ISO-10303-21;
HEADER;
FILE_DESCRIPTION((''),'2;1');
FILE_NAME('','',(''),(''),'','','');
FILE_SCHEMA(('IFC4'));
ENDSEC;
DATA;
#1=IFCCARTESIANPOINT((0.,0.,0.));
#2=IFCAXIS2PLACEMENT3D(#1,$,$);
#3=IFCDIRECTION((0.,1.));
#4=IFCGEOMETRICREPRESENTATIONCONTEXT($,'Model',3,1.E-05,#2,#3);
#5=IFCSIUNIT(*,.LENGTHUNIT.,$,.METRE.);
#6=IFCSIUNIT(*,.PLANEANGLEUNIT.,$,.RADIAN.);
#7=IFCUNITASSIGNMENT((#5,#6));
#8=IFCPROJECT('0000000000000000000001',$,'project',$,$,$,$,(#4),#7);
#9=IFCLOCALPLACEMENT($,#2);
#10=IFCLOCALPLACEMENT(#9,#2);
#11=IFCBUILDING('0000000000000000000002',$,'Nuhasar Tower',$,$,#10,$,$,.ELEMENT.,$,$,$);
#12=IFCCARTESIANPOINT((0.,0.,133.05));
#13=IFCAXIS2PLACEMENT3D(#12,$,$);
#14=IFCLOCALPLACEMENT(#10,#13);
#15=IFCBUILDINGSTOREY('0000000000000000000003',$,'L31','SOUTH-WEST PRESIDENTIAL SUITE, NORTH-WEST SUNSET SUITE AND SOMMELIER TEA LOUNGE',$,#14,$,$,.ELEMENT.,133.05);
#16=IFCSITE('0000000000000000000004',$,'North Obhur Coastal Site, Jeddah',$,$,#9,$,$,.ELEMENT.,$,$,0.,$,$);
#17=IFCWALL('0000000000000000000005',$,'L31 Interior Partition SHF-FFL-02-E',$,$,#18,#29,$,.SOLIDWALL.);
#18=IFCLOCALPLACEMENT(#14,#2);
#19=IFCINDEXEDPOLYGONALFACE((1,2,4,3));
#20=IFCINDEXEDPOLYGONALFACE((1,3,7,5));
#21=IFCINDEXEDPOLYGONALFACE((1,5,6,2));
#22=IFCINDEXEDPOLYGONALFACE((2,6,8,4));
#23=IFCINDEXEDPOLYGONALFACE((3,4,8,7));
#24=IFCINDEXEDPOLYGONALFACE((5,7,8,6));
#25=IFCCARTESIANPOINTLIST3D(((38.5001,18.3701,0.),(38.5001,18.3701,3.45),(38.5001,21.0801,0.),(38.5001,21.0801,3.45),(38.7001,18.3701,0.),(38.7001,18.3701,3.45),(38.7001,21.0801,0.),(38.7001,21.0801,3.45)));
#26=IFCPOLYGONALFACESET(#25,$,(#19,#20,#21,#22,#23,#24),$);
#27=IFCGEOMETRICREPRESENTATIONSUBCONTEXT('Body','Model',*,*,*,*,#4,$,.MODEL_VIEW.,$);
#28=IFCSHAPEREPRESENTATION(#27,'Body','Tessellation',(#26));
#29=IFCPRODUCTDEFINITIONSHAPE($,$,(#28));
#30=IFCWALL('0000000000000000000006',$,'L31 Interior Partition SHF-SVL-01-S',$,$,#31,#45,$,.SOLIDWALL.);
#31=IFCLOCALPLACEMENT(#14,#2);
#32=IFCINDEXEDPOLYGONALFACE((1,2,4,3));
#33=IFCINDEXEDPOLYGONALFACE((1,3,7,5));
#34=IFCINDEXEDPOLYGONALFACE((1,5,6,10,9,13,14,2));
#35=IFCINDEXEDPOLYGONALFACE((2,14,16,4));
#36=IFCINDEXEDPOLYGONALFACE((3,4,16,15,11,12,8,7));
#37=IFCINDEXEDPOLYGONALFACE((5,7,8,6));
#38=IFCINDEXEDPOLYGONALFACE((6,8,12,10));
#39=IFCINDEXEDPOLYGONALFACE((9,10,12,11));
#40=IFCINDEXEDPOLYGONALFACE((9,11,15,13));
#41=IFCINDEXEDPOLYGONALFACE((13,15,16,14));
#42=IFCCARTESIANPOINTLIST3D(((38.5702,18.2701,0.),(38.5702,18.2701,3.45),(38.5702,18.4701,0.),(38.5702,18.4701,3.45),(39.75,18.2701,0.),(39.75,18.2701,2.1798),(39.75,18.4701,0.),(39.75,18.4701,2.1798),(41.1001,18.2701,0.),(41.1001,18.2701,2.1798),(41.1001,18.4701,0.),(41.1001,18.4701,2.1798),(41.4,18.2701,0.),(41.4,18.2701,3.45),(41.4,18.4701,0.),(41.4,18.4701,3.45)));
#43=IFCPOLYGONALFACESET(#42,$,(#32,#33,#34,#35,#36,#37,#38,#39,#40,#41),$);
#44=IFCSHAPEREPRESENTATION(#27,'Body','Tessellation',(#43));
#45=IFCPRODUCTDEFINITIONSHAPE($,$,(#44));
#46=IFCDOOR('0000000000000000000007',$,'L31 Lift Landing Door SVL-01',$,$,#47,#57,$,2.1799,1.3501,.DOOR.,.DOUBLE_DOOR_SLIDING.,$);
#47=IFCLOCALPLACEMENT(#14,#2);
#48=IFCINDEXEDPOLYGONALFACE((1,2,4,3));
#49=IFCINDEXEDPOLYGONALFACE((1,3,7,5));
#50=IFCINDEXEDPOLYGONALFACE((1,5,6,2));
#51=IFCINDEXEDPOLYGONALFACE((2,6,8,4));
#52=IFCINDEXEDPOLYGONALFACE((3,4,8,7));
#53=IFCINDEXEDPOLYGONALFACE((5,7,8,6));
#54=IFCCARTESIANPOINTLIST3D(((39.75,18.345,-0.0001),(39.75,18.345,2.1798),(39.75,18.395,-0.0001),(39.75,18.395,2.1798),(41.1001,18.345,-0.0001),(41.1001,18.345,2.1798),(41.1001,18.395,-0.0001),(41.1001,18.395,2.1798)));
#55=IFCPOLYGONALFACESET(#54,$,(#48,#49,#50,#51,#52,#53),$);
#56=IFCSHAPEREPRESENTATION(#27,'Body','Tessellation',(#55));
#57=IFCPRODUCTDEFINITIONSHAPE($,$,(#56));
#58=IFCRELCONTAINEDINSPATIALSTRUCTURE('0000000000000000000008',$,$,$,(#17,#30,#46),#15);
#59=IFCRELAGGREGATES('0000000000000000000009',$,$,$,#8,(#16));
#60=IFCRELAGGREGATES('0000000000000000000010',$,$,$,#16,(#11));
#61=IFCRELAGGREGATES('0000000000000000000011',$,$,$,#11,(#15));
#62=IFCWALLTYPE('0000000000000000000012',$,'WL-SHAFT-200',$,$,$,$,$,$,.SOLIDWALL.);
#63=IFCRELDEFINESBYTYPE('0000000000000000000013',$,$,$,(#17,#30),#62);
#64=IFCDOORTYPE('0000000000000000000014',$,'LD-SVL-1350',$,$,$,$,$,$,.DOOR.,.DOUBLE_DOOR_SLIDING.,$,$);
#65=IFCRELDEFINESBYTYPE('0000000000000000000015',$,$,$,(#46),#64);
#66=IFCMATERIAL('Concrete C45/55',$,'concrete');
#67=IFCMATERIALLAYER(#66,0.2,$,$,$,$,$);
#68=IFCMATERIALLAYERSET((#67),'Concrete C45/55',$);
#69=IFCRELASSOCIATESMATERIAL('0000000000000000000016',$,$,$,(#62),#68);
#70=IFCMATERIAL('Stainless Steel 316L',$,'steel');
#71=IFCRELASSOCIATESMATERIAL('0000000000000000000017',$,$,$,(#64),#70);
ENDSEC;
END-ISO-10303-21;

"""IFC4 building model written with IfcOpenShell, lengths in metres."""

from ifc_helpers import new_model, si_unit, direction, frame, frame_2d, origin, place, context, subcontext, project, spatial, rectangle, extrude, material, layer, layer_set, type_object, element, fill, save


model = new_model("IFC4")

# Units and contexts
model_context = context("Model", 3, precision=1e-05, world=origin(), true_north=direction((0.0, 1.0)))
body_context = subcontext(model_context, "Body", "Model", "MODEL_VIEW")
ifc_project = project(units=[si_unit("LENGTHUNIT", "METRE"), si_unit("PLANEANGLEUNIT", "RADIAN")], contexts=[model_context])

# Site, building, storey
site_placement = place(None, origin())
site = spatial("IfcSite", under=ifc_project, at=site_placement, Name="North Obhur Coastal Site, Jeddah", CompositionType="ELEMENT", RefElevation=0.0)
building_placement = place(site_placement, origin())
building = spatial("IfcBuilding", under=site, at=building_placement, Name="Nuhasar Tower", CompositionType="ELEMENT")
storey_placement = place(building_placement, frame((0.0, 0.0, 133.05)))
storey = spatial("IfcBuildingStorey", under=building, at=storey_placement, Name="L31", Description="SOUTH-WEST PRESIDENTIAL SUITE, NORTH-WEST SUNSET SUITE AND SOMMELIER TEA LOUNGE", CompositionType="ELEMENT", Elevation=133.05)

# Shared definitions
ifc_material_1 = material(Name="Concrete C45/55", Category="concrete")

# Shared definitions
ifc_layer_1 = layer(ifc_material_1, 0.2)
ifc_layer_set_1 = layer_set([ifc_layer_1], Name="Concrete C45/55")
wall_type_1 = type_object("IfcWallType", Name="WL-SHAFT-200", PredefinedType="SOLIDWALL", material=ifc_layer_set_1)

# Shared definitions
ifc_material_2 = material(Name="Stainless Steel 316L", Category="steel")

# Wall
wall_1_placement = place(storey_placement, frame((38.6001, 18.3701, 0.0), z_axis=(0.0, 0.0, 1.0), x_axis=(0.0, 1.0, 0.0)))
element("IfcWall", 1, at=wall_1_placement, inside=storey, type_object=wall_type_1, Name="L31 Interior Partition SHF-FFL-02-E", PredefinedType="SOLIDWALL", context=body_context, shape_type="SweptSolid", body=[
    extrude(rectangle(XDim=2.71, YDim=0.2, at=frame_2d((1.355, 0.0))), origin(), (0.0, 0.0, 1.0), 3.45),
])

# Wall, opening, door
wall_2_placement = place(storey_placement, frame((38.5701, 18.3701, 0.0), z_axis=(0.0, 0.0, 1.0), x_axis=(1.0, 0.0, 0.0)))
wall_2 = element("IfcWall", 2, at=wall_2_placement, inside=storey, type_object=wall_type_1, Name="L31 Interior Partition SHF-SVL-01-S", PredefinedType="SOLIDWALL", context=body_context, shape_type="SweptSolid", body=[
    extrude(rectangle(XDim=2.8298, YDim=0.2, at=frame_2d((1.415, 0.0))), origin(), (0.0, 0.0, 1.0), 3.45),
])
opening_1_placement = place(wall_2_placement, frame((1.1799, 0.0, 0.0)))
opening_1 = element("IfcOpeningElement", 3, at=opening_1_placement, cuts=wall_2, PredefinedType="OPENING", context=body_context, shape_type="SweptSolid", body=[
    extrude(rectangle(XDim=1.3501, YDim=2.1799, at=frame_2d((0.675, 1.0898))), frame((0.0, 0.1099, 0.0), z_axis=(0.0, -1.0, 0.0), x_axis=(1.0, 0.0, 0.0)), (0.0, 0.0, 1.0), 0.22),
])
door_type_1 = type_object("IfcDoorType", Name="LD-SVL-1350", OperationType="DOUBLE_DOOR_SLIDING", PredefinedType="DOOR", material=ifc_material_2)
door_1_placement = place(opening_1_placement, origin())
door_1 = element("IfcDoor", 4, at=door_1_placement, inside=storey, type_object=door_type_1, Name="L31 Lift Landing Door SVL-01", OperationType="DOUBLE_DOOR_SLIDING", OverallHeight=2.1799, OverallWidth=1.3501, PredefinedType="DOOR", context=body_context, shape_type="SweptSolid", body=[
    extrude(rectangle(XDim=1.3501, YDim=2.1799, at=frame_2d((0.675, 1.0898))), frame((0.0, 0.0249, 0.0), z_axis=(0.0, -1.0, 0.0), x_axis=(1.0, 0.0, 0.0)), (0.0, 0.0, 1.0), 0.05),
])
fill(opening_1, door_1)

save(model, "model.ifc")
